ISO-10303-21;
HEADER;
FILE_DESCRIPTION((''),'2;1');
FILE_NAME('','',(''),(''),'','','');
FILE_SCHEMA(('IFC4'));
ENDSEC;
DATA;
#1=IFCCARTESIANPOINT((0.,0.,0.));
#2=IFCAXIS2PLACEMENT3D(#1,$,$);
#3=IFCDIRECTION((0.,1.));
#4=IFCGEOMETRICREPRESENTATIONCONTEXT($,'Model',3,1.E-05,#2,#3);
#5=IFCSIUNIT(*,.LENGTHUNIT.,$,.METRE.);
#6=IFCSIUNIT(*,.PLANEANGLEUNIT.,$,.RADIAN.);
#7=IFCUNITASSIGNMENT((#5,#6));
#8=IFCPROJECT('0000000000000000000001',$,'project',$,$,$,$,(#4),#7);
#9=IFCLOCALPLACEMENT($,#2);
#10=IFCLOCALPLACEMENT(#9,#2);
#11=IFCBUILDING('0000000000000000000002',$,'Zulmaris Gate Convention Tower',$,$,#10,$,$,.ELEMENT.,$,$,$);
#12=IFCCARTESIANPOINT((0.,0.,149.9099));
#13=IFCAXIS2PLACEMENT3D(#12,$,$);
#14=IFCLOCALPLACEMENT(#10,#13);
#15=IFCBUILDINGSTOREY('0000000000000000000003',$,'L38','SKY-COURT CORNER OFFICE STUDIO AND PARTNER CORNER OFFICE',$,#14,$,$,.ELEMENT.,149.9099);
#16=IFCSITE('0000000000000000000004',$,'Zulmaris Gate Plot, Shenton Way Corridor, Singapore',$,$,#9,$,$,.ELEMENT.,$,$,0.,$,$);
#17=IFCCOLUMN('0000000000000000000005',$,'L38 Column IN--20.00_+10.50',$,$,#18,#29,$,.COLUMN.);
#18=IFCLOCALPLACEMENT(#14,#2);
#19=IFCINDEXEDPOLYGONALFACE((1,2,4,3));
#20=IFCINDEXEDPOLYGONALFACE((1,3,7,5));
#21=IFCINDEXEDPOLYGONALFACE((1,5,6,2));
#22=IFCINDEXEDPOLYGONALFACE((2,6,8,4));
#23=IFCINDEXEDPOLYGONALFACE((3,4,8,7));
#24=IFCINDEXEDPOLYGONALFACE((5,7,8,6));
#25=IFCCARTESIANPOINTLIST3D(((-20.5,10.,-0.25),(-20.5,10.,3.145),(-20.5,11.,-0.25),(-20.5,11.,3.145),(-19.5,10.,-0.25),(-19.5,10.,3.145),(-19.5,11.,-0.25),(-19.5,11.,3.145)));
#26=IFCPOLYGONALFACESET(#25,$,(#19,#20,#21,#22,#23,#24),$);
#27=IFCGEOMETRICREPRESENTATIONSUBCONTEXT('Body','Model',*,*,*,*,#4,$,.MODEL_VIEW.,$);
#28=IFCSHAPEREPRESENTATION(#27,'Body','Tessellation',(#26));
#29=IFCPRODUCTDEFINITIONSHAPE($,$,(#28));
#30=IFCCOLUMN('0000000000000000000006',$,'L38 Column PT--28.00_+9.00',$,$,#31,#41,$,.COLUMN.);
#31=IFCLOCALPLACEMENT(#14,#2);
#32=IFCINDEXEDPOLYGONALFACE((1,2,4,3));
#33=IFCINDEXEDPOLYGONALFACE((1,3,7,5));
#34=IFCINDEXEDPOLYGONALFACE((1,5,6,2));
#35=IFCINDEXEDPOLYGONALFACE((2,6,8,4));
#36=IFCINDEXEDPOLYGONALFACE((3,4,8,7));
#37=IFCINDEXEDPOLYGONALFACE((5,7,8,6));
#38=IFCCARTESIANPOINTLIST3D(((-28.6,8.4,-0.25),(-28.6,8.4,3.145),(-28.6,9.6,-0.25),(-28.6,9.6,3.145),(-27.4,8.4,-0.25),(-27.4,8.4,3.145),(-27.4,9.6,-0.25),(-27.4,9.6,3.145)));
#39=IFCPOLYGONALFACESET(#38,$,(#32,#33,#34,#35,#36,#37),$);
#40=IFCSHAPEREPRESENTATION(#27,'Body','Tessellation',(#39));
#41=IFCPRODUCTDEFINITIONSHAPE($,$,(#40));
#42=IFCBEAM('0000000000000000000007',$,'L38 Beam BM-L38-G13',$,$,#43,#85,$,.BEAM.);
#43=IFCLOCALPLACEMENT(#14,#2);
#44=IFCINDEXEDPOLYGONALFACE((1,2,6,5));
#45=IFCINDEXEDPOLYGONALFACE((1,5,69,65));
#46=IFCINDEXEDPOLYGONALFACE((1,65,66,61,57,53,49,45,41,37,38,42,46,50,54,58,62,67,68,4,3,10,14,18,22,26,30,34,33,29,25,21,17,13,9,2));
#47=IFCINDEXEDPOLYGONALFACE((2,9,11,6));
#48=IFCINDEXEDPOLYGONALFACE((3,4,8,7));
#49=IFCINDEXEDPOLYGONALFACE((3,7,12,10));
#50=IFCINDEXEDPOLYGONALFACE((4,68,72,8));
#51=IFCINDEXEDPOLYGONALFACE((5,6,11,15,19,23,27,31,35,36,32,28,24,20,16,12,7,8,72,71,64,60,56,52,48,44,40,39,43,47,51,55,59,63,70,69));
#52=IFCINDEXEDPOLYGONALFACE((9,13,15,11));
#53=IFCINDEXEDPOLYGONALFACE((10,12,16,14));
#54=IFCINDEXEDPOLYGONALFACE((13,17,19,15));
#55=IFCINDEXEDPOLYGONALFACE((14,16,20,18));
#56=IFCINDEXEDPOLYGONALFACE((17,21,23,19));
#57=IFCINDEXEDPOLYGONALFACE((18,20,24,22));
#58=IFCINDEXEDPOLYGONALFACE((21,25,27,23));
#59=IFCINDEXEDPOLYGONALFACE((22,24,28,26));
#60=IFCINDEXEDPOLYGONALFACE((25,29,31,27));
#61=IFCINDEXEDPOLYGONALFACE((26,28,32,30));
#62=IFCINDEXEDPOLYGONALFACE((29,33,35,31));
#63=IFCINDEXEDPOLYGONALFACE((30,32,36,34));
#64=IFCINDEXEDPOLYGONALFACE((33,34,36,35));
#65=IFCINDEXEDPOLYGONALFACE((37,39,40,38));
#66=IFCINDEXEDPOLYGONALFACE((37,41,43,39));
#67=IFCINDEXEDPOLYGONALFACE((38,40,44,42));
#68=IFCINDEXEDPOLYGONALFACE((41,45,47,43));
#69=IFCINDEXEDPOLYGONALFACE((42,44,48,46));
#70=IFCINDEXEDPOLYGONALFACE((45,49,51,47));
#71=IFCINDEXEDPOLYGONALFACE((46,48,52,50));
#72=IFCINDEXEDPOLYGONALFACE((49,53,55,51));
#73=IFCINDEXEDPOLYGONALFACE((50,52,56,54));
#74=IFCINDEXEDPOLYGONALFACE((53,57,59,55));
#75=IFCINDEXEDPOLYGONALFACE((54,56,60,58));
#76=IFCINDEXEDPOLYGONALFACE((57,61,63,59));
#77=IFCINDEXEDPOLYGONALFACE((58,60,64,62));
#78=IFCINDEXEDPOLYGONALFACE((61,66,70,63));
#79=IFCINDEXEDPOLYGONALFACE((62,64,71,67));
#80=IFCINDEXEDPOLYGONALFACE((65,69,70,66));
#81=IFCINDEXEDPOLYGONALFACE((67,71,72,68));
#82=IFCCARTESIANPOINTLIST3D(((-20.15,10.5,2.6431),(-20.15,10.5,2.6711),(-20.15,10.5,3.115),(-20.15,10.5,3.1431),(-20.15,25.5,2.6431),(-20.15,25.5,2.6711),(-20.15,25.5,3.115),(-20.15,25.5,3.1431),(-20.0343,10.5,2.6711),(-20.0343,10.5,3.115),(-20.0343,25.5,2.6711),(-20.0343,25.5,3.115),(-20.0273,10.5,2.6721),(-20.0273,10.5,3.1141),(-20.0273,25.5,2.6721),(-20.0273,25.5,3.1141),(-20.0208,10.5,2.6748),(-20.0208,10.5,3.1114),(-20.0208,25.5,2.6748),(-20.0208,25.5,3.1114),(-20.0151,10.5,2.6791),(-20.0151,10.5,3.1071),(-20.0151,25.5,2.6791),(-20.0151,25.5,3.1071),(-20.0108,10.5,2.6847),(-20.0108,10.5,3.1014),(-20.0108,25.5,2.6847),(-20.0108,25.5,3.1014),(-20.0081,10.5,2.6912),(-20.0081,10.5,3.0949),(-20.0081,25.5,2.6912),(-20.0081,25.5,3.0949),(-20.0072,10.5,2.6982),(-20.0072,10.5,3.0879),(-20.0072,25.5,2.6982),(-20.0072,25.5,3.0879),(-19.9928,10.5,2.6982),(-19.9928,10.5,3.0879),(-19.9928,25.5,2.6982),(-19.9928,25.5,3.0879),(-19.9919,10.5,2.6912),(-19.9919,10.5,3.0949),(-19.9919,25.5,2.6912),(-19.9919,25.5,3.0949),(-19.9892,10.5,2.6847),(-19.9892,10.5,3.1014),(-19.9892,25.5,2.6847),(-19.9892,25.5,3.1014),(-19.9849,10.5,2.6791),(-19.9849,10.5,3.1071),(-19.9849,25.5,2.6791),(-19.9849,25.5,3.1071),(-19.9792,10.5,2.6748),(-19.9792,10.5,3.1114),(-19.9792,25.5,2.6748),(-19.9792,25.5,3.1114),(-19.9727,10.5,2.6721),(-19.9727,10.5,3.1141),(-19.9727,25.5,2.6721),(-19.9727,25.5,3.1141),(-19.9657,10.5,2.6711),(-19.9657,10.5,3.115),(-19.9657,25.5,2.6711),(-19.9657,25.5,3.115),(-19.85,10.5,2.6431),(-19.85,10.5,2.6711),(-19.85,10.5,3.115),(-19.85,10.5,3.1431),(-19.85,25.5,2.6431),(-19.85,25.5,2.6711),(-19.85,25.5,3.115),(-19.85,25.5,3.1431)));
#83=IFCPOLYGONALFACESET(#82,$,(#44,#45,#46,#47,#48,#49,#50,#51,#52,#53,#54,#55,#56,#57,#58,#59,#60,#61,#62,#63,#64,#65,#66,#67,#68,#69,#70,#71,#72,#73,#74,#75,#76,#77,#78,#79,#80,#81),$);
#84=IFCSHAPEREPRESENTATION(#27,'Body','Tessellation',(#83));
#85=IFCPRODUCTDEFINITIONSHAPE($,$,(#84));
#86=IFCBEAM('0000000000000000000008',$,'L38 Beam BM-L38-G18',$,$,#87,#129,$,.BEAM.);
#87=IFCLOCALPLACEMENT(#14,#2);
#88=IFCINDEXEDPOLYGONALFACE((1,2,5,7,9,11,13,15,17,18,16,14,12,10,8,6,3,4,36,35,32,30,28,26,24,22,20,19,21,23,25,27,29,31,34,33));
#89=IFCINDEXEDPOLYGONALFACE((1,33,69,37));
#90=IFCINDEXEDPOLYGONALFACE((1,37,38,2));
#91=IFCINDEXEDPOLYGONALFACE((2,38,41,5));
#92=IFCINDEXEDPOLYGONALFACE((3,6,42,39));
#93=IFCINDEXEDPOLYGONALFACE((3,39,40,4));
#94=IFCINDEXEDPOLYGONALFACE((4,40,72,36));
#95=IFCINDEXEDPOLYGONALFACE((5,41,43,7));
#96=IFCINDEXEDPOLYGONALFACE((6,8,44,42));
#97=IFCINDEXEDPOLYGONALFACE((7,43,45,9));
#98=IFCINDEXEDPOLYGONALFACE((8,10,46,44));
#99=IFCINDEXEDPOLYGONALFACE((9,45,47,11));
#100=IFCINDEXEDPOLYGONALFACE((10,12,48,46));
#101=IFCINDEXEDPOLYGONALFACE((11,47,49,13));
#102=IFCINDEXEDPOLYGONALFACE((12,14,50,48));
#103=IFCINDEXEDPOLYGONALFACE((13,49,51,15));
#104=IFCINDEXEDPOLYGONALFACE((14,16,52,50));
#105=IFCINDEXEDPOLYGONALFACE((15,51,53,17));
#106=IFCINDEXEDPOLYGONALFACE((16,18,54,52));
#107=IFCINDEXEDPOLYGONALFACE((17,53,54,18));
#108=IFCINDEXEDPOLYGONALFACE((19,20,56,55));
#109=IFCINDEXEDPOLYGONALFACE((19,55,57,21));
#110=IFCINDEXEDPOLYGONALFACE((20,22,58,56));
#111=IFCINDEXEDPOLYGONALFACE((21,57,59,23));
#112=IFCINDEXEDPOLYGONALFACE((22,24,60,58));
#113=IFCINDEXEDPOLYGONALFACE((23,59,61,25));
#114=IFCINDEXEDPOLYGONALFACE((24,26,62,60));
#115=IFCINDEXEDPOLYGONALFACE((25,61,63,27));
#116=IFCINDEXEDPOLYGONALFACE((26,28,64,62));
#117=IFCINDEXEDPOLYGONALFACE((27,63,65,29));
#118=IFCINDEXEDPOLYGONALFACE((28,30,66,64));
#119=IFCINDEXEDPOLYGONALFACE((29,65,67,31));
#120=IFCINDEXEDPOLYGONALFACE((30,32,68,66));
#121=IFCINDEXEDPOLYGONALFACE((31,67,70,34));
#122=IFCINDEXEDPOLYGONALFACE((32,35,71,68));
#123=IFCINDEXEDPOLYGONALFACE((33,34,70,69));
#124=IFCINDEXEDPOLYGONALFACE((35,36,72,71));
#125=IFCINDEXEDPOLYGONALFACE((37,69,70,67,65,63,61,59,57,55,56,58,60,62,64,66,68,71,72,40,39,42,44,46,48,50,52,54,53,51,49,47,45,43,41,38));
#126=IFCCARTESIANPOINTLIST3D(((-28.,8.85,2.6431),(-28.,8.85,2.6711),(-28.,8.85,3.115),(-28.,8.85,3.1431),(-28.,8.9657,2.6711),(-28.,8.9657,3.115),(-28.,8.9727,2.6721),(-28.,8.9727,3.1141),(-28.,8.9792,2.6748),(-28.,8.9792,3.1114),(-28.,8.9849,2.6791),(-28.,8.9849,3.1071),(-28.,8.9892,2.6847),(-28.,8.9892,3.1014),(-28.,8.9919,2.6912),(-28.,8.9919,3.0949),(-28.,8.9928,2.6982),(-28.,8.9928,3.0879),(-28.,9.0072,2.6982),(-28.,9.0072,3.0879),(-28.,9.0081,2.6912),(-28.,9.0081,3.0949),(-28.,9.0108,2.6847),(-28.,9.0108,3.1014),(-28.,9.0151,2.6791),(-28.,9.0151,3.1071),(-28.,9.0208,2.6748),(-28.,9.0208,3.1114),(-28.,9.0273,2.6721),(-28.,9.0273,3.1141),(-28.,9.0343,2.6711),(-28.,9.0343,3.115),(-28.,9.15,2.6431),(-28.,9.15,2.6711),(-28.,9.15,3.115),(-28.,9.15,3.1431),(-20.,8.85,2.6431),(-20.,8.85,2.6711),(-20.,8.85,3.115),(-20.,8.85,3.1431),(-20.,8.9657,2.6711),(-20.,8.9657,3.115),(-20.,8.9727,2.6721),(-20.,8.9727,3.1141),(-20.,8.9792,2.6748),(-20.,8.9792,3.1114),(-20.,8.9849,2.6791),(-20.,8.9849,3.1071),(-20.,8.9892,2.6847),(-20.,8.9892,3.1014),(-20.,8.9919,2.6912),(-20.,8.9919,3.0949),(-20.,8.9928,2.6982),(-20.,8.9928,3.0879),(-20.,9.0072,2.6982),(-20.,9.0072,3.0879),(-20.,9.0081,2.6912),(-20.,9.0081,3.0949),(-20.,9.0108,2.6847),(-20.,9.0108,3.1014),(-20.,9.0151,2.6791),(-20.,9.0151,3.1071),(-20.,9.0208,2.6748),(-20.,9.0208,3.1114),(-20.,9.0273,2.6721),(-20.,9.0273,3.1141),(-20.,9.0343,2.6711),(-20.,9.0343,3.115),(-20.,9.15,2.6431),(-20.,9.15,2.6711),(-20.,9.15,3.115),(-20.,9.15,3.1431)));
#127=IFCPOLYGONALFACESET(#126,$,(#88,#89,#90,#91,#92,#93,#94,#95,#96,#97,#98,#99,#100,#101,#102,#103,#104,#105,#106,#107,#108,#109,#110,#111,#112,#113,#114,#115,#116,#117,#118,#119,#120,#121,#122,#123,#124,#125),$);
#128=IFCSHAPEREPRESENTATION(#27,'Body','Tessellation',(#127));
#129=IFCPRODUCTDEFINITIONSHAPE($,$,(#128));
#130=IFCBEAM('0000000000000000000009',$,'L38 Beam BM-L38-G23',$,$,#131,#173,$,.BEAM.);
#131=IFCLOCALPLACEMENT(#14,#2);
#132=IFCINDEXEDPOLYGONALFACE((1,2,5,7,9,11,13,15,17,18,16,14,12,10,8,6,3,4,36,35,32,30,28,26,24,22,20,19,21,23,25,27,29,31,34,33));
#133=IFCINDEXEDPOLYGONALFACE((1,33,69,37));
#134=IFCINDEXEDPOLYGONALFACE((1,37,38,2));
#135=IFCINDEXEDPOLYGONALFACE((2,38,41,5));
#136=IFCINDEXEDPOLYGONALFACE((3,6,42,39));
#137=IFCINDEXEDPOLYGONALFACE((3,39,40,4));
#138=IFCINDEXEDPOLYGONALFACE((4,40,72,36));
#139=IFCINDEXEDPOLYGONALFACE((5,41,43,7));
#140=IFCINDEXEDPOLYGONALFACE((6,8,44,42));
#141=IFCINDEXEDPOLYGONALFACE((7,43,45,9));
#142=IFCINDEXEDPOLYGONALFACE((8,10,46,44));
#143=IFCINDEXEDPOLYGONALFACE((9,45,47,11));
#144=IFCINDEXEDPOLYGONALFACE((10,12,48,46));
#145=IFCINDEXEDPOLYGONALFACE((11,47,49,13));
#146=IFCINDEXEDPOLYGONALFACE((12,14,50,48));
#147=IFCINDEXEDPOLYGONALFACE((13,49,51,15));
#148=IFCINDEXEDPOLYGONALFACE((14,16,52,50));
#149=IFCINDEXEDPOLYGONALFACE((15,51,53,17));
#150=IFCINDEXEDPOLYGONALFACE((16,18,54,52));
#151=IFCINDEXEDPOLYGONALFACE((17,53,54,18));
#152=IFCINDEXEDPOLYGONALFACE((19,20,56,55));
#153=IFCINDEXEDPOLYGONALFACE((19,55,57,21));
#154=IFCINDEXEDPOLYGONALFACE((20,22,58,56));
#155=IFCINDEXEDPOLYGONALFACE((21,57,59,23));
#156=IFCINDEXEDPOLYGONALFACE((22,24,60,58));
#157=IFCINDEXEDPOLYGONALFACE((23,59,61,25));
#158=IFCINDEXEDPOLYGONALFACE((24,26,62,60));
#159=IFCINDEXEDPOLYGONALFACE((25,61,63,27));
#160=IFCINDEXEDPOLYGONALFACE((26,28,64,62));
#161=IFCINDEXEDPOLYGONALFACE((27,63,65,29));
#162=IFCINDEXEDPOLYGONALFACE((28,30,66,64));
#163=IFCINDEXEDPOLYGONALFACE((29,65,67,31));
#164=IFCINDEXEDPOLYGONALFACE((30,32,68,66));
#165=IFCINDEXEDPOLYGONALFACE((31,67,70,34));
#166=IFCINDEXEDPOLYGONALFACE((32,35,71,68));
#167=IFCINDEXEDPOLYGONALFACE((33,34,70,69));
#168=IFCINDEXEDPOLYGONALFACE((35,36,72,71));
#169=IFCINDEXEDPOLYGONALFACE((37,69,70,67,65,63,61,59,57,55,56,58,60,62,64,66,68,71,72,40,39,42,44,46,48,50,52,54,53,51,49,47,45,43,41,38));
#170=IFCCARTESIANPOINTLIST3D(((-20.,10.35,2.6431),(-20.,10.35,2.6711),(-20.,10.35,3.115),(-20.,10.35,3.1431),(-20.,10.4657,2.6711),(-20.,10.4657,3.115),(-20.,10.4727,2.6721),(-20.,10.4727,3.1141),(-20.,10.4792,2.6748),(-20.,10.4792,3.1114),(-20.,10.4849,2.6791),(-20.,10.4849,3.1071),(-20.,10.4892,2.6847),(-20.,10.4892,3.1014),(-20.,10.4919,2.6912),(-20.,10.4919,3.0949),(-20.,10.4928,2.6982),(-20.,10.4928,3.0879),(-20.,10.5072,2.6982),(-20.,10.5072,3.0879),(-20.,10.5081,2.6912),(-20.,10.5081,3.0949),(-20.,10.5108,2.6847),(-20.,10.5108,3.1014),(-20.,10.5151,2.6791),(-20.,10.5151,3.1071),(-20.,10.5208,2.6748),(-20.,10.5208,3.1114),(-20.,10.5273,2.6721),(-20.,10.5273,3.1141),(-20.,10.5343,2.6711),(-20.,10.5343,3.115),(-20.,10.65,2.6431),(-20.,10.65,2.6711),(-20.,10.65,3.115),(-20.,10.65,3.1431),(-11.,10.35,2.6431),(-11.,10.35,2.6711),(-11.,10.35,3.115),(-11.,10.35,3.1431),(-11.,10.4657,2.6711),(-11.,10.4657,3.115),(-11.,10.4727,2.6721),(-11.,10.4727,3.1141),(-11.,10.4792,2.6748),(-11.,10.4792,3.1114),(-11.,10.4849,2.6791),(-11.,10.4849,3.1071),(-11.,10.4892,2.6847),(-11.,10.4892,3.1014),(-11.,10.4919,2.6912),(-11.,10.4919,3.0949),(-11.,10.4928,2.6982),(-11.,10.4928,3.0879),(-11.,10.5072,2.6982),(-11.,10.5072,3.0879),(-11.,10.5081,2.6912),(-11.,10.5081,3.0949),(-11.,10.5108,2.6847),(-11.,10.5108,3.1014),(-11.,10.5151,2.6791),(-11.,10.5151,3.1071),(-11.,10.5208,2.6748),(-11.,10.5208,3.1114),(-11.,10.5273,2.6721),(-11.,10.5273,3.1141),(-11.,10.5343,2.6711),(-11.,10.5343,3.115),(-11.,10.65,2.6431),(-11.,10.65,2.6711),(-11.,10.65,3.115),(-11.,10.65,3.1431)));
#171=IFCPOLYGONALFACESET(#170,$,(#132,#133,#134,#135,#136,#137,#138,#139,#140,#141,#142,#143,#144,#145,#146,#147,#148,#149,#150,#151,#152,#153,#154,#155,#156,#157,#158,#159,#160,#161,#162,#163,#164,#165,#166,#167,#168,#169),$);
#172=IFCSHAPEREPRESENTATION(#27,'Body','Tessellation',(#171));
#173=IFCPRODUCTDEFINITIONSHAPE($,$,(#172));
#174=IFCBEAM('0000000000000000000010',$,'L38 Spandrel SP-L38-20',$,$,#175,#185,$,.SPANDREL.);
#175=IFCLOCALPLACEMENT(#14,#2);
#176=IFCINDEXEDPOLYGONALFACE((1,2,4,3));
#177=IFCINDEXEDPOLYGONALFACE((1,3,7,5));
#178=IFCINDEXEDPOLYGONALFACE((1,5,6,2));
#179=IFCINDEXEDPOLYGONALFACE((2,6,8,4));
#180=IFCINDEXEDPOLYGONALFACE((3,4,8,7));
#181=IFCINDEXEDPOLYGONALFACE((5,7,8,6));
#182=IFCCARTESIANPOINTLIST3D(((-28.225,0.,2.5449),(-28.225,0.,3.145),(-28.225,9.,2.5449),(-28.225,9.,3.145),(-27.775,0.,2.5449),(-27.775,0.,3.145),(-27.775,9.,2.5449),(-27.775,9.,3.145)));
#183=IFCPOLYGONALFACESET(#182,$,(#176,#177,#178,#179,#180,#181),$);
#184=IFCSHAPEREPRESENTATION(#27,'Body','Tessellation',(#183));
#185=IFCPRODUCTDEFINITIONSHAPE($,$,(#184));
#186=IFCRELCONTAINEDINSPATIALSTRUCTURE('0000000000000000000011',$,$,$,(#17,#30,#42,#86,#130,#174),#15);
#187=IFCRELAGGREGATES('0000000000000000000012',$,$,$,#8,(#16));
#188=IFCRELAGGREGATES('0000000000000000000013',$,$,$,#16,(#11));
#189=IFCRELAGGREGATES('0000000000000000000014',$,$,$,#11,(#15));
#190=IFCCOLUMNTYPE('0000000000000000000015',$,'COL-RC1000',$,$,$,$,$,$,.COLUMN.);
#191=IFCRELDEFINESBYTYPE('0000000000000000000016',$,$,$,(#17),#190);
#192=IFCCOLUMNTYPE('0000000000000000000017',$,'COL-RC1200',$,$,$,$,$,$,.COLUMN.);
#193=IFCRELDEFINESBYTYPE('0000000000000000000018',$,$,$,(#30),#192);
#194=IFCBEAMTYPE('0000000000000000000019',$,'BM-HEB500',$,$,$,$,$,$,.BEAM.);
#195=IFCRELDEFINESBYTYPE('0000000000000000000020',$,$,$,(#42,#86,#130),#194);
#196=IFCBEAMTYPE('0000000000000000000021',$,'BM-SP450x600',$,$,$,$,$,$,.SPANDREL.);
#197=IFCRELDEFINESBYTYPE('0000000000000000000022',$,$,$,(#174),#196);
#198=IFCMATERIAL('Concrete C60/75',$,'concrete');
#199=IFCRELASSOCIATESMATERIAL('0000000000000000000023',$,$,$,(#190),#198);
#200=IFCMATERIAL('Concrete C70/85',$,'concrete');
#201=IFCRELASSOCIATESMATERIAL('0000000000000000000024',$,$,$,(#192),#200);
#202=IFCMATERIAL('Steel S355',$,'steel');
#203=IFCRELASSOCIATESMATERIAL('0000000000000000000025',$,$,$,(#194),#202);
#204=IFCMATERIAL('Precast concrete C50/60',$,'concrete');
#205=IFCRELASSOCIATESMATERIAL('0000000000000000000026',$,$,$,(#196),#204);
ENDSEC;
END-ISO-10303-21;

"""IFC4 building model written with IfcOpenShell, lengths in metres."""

from ifc_helpers import new_model, si_unit, direction, frame, origin, origin_2d, place, context, subcontext, project, spatial, rectangle, i_section, extrude, material, material_profile, profile_set, type_object, element, save


model = new_model("IFC4")

# Units and contexts
model_context = context("Model", 3, precision=1e-05, world=origin(), true_north=direction((0.0, 1.0)))
body_context = subcontext(model_context, "Body", "Model", "MODEL_VIEW")
ifc_project = project(units=[si_unit("LENGTHUNIT", "METRE"), si_unit("PLANEANGLEUNIT", "RADIAN")], contexts=[model_context])

# Site, building, storey
site_placement = place(None, origin())
site = spatial("IfcSite", under=ifc_project, at=site_placement, Name="Zulmaris Gate Plot, Shenton Way Corridor, Singapore", CompositionType="ELEMENT", RefElevation=0.0)
building_placement = place(site_placement, origin())
building = spatial("IfcBuilding", under=site, at=building_placement, Name="Zulmaris Gate Convention Tower", CompositionType="ELEMENT")
storey_placement = place(building_placement, frame((0.0, 0.0, 149.9099)))
storey = spatial("IfcBuildingStorey", under=building, at=storey_placement, Name="L38", Description="SKY-COURT CORNER OFFICE STUDIO AND PARTNER CORNER OFFICE", CompositionType="ELEMENT", Elevation=149.9099)

# Columns
ifc_material_1 = material(Name="Concrete C60/75", Category="concrete")
ifc_material_profile_1 = material_profile(ifc_material_1, rectangle(XDim=1.0, YDim=1.0, at=origin_2d()), Name="RC COL 1000x1000")
ifc_profile_set_1 = profile_set([ifc_material_profile_1], Name="Concrete C60/75")
column_type_1 = type_object("IfcColumnType", Name="COL-RC1000", PredefinedType="COLUMN", material=ifc_profile_set_1)
column_1_placement = place(storey_placement, frame((-20.0, 10.5, -0.25), z_axis=(0.0, 0.0, 1.0), x_axis=(1.0, 0.0, 0.0)))
element("IfcColumn", 1, at=column_1_placement, inside=storey, type_object=column_type_1, Name="L38 Column IN--20.00_+10.50", PredefinedType="COLUMN", context=body_context, shape_type="SweptSolid", body=[
    extrude(rectangle(XDim=1.0, YDim=1.0, at=origin_2d()), origin(), (0.0, 0.0, 1.0), 3.395),
])
ifc_material_2 = material(Name="Concrete C70/85", Category="concrete")
ifc_material_profile_2 = material_profile(ifc_material_2, rectangle(XDim=1.2, YDim=1.2, at=origin_2d()), Name="RC COL 1200x1200")
ifc_profile_set_2 = profile_set([ifc_material_profile_2], Name="Concrete C70/85")
column_type_2 = type_object("IfcColumnType", Name="COL-RC1200", PredefinedType="COLUMN", material=ifc_profile_set_2)
column_2_placement = place(storey_placement, frame((-28.0, 9.0, -0.25), z_axis=(0.0, 0.0, 1.0), x_axis=(1.0, 0.0, 0.0)))
element("IfcColumn", 2, at=column_2_placement, inside=storey, type_object=column_type_2, Name="L38 Column PT--28.00_+9.00", PredefinedType="COLUMN", context=body_context, shape_type="SweptSolid", body=[
    extrude(rectangle(XDim=1.2, YDim=1.2, at=origin_2d()), origin(), (0.0, 0.0, 1.0), 3.395),
])

# Beams
ifc_material_3 = material(Name="Steel S355", Category="steel")
ifc_material_profile_3 = material_profile(ifc_material_3, i_section(OverallWidth=0.3, OverallDepth=0.5, WebThickness=0.0144, FlangeThickness=0.0281, FilletRadius=0.0271, at=origin_2d()), Name="HEB 500")
ifc_profile_set_3 = profile_set([ifc_material_profile_3], Name="Steel S355")
beam_type_1 = type_object("IfcBeamType", Name="BM-HEB500", PredefinedType="BEAM", material=ifc_profile_set_3)
beam_1_placement = place(storey_placement, frame((-20.0, 10.5, 2.8931), z_axis=(0.0, 1.0, 0.0), x_axis=(-1.0, 0.0, 0.0)))
element("IfcBeam", 3, at=beam_1_placement, inside=storey, type_object=beam_type_1, Name="L38 Beam BM-L38-G13", PredefinedType="BEAM", context=body_context, shape_type="SweptSolid", body=[
    extrude(i_section(OverallWidth=0.3, OverallDepth=0.5, WebThickness=0.0144, FlangeThickness=0.0281, FilletRadius=0.0271, at=origin_2d()), origin(), (0.0, 0.0, 1.0), 15.0),
])
beam_2_placement = place(storey_placement, frame((-28.0, 9.0, 2.8931), z_axis=(1.0, 0.0, 0.0), x_axis=(0.0, 1.0, 0.0)))
element("IfcBeam", 4, at=beam_2_placement, inside=storey, type_object=beam_type_1, Name="L38 Beam BM-L38-G18", PredefinedType="BEAM", context=body_context, shape_type="SweptSolid", body=[
    extrude(i_section(OverallWidth=0.3, OverallDepth=0.5, WebThickness=0.0144, FlangeThickness=0.0281, FilletRadius=0.0271, at=origin_2d()), origin(), (0.0, 0.0, 1.0), 8.0),
])
beam_3_placement = place(storey_placement, frame((-20.0, 10.5, 2.8931), z_axis=(1.0, 0.0, 0.0), x_axis=(0.0, 1.0, 0.0)))
element("IfcBeam", 5, at=beam_3_placement, inside=storey, type_object=beam_type_1, Name="L38 Beam BM-L38-G23", PredefinedType="BEAM", context=body_context, shape_type="SweptSolid", body=[
    extrude(i_section(OverallWidth=0.3, OverallDepth=0.5, WebThickness=0.0144, FlangeThickness=0.0281, FilletRadius=0.0271, at=origin_2d()), origin(), (0.0, 0.0, 1.0), 9.0),
])
ifc_material_4 = material(Name="Precast concrete C50/60", Category="concrete")
ifc_material_profile_4 = material_profile(ifc_material_4, rectangle(XDim=0.45, YDim=0.6001, at=origin_2d()), Name="RC SPANDREL 450x600")
ifc_profile_set_4 = profile_set([ifc_material_profile_4], Name="Precast concrete C50/60")
beam_type_2 = type_object("IfcBeamType", Name="BM-SP450x600", PredefinedType="SPANDREL", material=ifc_profile_set_4)
beam_4_placement = place(storey_placement, frame((-28.0, 9.0, 2.845), z_axis=(0.0, -1.0, 0.0), x_axis=(1.0, 0.0, 0.0)))
element("IfcBeam", 6, at=beam_4_placement, inside=storey, type_object=beam_type_2, Name="L38 Spandrel SP-L38-20", PredefinedType="SPANDREL", context=body_context, shape_type="SweptSolid", body=[
    extrude(rectangle(XDim=0.45, YDim=0.6001, at=origin_2d()), origin(), (0.0, 0.0, 1.0), 9.0),
])

save(model, "model.ifc")
